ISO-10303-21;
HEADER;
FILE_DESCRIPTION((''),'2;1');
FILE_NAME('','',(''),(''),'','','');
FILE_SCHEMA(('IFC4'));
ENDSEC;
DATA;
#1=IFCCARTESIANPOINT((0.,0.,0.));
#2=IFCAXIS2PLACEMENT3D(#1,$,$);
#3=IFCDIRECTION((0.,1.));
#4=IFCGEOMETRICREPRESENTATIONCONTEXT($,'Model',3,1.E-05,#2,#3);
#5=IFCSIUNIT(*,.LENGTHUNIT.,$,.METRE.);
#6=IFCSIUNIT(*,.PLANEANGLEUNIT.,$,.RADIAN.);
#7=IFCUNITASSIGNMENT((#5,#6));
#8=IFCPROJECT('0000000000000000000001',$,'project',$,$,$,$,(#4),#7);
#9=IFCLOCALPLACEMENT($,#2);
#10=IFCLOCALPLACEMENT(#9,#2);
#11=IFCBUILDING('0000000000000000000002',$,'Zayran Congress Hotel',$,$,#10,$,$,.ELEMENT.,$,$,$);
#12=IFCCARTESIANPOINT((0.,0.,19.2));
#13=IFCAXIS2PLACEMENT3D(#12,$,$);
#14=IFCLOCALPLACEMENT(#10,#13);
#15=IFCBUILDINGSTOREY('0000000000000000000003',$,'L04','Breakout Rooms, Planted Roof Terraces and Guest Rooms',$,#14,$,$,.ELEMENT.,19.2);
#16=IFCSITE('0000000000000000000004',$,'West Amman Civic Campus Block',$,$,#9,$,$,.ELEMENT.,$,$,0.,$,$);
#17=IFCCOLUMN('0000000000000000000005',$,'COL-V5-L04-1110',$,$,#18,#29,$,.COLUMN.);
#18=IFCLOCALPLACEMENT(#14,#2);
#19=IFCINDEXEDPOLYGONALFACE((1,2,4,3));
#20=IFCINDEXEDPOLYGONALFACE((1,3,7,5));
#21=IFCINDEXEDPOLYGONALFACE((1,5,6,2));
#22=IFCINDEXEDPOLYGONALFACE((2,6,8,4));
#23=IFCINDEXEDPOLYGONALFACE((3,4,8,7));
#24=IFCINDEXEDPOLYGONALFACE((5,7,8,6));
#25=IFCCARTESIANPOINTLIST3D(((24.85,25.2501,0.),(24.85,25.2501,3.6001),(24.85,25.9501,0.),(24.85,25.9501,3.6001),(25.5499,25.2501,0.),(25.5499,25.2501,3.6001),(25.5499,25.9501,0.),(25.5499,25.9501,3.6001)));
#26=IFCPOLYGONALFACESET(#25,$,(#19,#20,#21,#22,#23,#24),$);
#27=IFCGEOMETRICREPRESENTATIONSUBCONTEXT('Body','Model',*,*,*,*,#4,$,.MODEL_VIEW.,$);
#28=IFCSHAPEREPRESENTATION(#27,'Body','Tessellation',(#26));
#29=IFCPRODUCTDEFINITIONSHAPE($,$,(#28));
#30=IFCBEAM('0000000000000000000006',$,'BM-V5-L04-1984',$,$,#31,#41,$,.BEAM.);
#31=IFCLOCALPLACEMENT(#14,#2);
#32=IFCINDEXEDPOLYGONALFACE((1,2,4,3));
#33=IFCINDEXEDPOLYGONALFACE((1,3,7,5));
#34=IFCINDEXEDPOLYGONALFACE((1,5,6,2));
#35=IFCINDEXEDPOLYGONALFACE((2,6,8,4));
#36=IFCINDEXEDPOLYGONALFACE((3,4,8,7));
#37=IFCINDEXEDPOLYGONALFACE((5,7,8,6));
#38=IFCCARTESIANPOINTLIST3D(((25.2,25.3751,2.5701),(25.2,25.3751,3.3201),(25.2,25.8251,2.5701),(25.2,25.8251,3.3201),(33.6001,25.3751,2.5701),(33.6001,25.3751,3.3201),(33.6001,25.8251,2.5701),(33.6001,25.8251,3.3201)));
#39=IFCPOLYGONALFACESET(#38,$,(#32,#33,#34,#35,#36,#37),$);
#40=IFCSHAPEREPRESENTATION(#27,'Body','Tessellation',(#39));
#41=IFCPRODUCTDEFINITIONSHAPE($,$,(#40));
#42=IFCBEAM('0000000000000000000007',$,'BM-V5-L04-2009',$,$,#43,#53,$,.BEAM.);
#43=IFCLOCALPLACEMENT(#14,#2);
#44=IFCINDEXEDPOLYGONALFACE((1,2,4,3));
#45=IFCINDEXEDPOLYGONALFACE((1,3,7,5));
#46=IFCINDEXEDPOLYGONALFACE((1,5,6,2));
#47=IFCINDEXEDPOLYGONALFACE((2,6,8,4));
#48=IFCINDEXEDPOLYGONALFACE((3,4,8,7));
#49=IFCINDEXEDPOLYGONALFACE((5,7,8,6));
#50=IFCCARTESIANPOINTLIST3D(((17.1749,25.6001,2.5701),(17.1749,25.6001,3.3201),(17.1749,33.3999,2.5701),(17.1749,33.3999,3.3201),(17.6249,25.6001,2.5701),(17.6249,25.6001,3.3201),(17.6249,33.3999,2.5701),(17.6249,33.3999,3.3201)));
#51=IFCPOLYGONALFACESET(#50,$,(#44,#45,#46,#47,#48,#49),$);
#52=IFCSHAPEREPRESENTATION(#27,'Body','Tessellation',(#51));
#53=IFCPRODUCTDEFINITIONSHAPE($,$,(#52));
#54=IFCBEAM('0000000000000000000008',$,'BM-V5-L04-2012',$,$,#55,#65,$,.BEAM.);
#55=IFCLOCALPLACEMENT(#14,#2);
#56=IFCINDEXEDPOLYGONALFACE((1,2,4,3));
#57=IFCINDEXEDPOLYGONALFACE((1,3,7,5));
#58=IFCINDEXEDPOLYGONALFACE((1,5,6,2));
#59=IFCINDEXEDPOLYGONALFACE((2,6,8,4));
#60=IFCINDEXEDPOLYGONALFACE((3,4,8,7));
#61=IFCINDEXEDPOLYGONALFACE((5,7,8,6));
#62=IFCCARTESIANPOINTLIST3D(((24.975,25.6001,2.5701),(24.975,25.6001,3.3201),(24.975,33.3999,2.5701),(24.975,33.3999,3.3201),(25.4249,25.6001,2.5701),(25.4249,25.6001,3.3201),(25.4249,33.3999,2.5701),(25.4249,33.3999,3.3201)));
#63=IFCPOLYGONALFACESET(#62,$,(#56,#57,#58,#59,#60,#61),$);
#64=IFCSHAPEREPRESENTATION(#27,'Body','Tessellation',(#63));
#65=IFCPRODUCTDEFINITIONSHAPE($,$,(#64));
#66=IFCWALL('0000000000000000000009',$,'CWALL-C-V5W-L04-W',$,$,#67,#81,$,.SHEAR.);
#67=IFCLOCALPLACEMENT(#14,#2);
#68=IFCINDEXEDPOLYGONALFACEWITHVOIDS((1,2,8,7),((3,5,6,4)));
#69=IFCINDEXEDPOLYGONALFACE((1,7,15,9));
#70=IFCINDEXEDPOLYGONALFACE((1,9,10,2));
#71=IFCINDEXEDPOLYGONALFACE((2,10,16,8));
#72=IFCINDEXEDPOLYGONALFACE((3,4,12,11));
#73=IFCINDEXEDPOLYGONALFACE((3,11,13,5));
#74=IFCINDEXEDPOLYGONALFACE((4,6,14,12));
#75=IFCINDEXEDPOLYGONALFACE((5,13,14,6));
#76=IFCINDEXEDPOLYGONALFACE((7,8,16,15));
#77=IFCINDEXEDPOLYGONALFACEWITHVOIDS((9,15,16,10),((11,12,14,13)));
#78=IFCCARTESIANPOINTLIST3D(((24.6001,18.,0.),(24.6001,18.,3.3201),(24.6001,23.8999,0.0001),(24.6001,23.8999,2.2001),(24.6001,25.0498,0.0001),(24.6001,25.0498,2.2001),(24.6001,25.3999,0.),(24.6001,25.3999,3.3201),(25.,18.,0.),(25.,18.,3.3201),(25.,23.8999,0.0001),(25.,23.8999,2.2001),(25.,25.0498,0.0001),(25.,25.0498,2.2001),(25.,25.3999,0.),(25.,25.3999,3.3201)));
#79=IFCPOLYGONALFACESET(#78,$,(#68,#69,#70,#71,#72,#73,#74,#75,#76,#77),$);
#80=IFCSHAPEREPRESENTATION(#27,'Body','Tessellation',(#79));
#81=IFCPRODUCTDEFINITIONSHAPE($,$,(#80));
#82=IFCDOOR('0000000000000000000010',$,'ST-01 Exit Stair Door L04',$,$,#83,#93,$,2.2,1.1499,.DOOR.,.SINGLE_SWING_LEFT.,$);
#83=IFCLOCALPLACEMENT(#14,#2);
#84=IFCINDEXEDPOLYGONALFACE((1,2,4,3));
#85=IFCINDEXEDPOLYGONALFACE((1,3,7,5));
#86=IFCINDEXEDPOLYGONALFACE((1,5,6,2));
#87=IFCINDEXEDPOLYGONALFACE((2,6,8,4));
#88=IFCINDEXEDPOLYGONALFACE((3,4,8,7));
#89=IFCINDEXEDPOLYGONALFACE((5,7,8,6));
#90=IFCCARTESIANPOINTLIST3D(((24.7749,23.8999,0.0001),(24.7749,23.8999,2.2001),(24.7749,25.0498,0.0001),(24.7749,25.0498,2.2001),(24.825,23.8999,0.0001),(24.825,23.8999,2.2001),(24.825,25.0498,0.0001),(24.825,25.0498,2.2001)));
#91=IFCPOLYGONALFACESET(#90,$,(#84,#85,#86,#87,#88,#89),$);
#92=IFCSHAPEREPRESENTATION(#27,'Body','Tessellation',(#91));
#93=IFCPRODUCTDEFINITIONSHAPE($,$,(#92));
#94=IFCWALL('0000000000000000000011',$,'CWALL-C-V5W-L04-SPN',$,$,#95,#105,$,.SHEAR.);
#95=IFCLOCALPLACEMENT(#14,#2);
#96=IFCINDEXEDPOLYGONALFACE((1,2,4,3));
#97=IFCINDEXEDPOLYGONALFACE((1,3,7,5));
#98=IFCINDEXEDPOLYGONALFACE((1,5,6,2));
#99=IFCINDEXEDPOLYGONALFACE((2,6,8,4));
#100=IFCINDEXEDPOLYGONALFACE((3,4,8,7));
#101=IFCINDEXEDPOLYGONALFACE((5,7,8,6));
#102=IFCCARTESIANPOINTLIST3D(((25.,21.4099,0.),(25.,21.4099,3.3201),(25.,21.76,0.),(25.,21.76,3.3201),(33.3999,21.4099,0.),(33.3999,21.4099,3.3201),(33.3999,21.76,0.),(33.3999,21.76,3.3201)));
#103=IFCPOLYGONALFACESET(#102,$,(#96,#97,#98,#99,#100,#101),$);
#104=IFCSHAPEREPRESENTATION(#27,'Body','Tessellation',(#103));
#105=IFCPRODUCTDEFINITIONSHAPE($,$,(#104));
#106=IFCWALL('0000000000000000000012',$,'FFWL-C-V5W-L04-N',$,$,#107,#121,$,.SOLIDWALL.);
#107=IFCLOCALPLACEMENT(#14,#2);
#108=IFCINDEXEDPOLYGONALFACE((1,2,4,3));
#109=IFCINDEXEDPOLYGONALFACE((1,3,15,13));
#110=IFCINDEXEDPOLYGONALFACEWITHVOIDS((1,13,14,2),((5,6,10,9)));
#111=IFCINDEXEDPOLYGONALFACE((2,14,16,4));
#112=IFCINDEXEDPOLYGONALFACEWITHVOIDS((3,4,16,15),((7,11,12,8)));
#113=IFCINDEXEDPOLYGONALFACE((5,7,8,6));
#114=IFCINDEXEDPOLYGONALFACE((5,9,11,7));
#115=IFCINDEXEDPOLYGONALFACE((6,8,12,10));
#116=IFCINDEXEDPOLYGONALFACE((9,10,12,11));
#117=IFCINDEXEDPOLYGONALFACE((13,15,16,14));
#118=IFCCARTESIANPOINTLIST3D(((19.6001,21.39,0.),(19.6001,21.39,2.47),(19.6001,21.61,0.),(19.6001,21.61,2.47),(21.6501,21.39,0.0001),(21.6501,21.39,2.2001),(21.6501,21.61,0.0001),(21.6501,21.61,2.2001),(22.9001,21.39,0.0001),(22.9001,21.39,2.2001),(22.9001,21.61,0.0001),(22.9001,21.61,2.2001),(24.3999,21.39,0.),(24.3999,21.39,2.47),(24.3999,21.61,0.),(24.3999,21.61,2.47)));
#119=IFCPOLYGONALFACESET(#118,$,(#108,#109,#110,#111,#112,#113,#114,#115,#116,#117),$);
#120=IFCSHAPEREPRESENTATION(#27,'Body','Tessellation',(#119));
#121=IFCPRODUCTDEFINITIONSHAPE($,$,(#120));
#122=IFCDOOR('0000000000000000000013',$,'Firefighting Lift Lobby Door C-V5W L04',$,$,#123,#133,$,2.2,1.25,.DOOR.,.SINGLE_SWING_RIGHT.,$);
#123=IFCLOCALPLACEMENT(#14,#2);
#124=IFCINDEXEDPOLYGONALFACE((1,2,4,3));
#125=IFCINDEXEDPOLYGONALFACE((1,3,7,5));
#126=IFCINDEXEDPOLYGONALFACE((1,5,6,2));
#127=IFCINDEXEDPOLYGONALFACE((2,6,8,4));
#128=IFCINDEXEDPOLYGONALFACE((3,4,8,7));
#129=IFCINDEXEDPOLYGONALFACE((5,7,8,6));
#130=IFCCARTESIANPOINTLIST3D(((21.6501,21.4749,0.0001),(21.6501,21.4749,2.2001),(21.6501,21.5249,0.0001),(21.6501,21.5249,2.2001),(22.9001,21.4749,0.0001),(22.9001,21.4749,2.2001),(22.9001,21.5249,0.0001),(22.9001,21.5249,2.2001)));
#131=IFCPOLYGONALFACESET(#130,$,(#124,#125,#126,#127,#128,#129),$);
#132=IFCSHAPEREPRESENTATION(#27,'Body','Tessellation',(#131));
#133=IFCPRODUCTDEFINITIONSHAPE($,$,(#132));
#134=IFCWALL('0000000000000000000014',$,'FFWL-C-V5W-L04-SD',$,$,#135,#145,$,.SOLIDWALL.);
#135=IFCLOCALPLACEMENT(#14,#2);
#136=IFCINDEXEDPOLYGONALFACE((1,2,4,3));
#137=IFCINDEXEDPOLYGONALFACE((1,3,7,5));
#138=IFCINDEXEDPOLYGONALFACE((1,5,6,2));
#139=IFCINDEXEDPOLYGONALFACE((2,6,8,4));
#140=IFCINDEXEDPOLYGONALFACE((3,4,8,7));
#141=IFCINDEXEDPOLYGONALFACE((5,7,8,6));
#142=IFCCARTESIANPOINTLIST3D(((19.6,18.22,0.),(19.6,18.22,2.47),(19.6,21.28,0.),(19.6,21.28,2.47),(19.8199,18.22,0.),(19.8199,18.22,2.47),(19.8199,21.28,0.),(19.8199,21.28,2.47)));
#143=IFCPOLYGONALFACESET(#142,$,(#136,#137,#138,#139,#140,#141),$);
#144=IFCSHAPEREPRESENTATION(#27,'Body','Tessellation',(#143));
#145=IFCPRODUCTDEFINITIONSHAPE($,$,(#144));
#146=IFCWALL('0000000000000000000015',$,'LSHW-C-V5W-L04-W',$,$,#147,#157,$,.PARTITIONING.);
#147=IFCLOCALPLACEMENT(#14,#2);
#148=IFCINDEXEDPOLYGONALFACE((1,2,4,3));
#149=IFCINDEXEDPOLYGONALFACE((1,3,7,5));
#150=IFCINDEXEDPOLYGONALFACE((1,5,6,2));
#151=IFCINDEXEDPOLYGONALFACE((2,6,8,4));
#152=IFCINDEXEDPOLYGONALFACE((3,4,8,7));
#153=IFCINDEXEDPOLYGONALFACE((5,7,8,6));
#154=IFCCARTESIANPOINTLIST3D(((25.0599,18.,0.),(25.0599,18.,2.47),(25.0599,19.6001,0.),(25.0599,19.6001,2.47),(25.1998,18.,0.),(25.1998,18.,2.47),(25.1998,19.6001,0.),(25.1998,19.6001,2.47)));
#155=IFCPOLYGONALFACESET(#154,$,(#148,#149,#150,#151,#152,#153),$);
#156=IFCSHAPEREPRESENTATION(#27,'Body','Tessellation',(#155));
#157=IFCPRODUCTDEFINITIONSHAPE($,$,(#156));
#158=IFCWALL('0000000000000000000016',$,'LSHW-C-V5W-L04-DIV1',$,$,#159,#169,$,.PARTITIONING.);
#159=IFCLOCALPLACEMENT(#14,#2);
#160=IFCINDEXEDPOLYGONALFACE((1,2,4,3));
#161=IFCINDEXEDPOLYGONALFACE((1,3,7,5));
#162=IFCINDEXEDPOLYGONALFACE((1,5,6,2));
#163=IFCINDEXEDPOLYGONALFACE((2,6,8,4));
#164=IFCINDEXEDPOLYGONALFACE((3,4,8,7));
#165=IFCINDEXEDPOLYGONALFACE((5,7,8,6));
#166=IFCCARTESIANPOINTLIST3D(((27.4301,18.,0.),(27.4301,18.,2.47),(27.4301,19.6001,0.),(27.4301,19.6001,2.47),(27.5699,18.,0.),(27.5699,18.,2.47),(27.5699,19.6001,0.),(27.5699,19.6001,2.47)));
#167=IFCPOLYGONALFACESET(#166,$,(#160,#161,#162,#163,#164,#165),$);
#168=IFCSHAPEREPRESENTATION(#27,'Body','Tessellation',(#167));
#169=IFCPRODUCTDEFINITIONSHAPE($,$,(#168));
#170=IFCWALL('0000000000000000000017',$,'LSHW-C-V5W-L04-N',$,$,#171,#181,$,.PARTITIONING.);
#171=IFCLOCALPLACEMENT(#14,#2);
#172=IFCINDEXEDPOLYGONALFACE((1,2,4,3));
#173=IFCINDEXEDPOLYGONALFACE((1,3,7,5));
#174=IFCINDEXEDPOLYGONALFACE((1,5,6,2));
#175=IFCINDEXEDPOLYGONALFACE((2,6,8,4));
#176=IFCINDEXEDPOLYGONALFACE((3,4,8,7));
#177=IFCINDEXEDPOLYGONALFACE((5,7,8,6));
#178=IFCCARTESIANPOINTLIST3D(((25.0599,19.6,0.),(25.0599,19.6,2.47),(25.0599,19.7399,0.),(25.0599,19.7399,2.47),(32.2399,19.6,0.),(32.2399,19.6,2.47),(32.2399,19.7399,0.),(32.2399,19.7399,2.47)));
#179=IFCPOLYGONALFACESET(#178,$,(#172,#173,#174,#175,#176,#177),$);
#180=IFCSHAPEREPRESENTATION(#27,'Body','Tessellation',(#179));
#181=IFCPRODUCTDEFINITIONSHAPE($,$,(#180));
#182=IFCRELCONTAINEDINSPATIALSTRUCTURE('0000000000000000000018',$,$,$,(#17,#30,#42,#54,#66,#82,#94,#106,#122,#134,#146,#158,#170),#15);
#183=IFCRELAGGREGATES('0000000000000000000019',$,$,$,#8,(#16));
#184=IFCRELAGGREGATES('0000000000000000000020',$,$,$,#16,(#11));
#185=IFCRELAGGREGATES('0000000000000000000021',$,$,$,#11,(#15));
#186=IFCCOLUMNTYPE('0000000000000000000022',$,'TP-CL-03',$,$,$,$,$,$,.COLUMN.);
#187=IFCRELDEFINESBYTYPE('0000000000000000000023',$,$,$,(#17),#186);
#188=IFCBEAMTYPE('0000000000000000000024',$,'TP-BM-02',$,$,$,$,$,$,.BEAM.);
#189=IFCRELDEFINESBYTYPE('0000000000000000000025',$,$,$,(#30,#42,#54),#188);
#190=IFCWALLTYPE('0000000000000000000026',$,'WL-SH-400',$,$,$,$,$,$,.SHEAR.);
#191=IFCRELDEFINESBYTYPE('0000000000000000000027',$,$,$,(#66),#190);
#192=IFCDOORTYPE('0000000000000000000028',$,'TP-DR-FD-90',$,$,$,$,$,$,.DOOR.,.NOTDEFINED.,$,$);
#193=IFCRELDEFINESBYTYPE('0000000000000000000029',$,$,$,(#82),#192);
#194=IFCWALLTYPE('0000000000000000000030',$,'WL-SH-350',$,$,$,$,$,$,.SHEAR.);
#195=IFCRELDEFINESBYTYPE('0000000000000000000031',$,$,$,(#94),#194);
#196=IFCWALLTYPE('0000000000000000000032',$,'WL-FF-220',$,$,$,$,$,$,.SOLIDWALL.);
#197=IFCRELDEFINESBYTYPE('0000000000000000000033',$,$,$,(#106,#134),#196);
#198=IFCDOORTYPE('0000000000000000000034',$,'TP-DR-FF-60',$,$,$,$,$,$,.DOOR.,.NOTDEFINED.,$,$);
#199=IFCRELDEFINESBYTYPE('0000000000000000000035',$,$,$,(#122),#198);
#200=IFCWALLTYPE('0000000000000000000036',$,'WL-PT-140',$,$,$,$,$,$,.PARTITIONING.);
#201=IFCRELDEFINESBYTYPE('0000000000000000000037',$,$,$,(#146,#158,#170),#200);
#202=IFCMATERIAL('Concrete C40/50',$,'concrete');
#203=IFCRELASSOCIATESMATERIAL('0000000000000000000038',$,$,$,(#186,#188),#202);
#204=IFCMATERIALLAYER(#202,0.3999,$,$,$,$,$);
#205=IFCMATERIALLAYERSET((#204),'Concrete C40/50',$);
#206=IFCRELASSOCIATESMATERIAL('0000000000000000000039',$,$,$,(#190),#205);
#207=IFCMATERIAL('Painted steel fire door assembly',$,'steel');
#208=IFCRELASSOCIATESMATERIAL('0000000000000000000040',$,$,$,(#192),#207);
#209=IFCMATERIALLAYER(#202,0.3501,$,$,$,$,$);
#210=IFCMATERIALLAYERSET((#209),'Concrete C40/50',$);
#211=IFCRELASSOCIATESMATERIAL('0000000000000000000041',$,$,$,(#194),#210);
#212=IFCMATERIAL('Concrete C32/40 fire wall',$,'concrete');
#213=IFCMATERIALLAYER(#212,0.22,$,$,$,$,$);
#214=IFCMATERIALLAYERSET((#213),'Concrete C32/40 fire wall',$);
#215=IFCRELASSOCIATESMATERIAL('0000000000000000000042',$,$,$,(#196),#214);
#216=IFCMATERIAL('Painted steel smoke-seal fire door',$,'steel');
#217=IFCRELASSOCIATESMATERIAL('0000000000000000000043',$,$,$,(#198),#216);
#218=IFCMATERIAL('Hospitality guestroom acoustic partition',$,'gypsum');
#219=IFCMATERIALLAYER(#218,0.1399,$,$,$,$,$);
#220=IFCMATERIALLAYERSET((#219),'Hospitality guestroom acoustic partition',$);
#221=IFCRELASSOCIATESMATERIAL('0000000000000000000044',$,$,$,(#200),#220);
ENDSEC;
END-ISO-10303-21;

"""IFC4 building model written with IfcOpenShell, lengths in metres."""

from ifc_helpers import new_model, si_unit, direction, frame, frame_2d, origin, origin_2d, place, context, subcontext, project, spatial, rectangle, extrude, material, layer, layer_set, material_profile, profile_set, type_object, element, fill, save


model = new_model("IFC4")

# Units and contexts
model_context = context("Model", 3, precision=1e-05, world=origin(), true_north=direction((0.0, 1.0)))
body_context = subcontext(model_context, "Body", "Model", "MODEL_VIEW")
ifc_project = project(units=[si_unit("LENGTHUNIT", "METRE"), si_unit("PLANEANGLEUNIT", "RADIAN")], contexts=[model_context])

# Site, building, storey
site_placement = place(None, origin())
site = spatial("IfcSite", under=ifc_project, at=site_placement, Name="West Amman Civic Campus Block", CompositionType="ELEMENT", RefElevation=0.0)
building_placement = place(site_placement, origin())
building = spatial("IfcBuilding", under=site, at=building_placement, Name="Zayran Congress Hotel", CompositionType="ELEMENT")
storey_placement = place(building_placement, frame((0.0, 0.0, 19.2)))
storey = spatial("IfcBuildingStorey", under=building, at=storey_placement, Name="L04", Description="Breakout Rooms, Planted Roof Terraces and Guest Rooms", CompositionType="ELEMENT", Elevation=19.2)

# Column
ifc_material_1 = material(Name="Concrete C40/50", Category="concrete")
ifc_material_profile_1 = material_profile(ifc_material_1, rectangle(XDim=0.7, YDim=0.7, at=origin_2d()), Name="RC 700x700")
ifc_profile_set_1 = profile_set([ifc_material_profile_1], Name="Concrete C40/50")
column_type = type_object("IfcColumnType", Name="TP-CL-03", PredefinedType="COLUMN", material=ifc_profile_set_1)
column_placement = place(storey_placement, frame((25.2, 25.6001, 0.0), z_axis=(0.0, 0.0, 1.0), x_axis=(1.0, 0.0, 0.0)))
element("IfcColumn", 1, at=column_placement, inside=storey, type_object=column_type, Name="COL-V5-L04-1110", PredefinedType="COLUMN", context=body_context, shape_type="SweptSolid", body=[
    extrude(rectangle(XDim=0.7, YDim=0.7, at=origin_2d()), origin(), (0.0, 0.0, 1.0), 3.6001),
])

# Beams
ifc_material_profile_2 = material_profile(ifc_material_1, rectangle(XDim=0.45, YDim=0.75, at=origin_2d()), Name="RC 450x750")
ifc_profile_set_2 = profile_set([ifc_material_profile_2], Name="Concrete C40/50")
beam_type = type_object("IfcBeamType", Name="TP-BM-02", PredefinedType="BEAM", material=ifc_profile_set_2)
beam_placement = place(storey_placement, frame((25.2, 25.6001, 2.9451), z_axis=(1.0, 0.0, 0.0), x_axis=(0.0, 1.0, 0.0)))
element("IfcBeam", 2, at=beam_placement, inside=storey, type_object=beam_type, Name="BM-V5-L04-1984", PredefinedType="BEAM", context=body_context, shape_type="SweptSolid", body=[
    extrude(rectangle(XDim=0.45, YDim=0.75, at=origin_2d()), origin(), (0.0, 0.0, 1.0), 8.4001),
])
for number, where, z_axis, x_axis, name in (
    (3, (17.3999, 25.6001, 2.9451), (0.0, 1.0, 0.0), (-1.0, 0.0, 0.0), "BM-V5-L04-2009"),
    (4, (25.2, 25.6001, 2.9451), (0.0, 1.0, 0.0), (-1.0, 0.0, 0.0), "BM-V5-L04-2012"),
):
    element("IfcBeam", number, at=place(storey_placement, frame(where, z_axis=z_axis, x_axis=x_axis)), inside=storey, type_object=beam_type, Name=name, PredefinedType="BEAM", context=body_context, shape_type="SweptSolid", body=[
        extrude(rectangle(XDim=0.45, YDim=0.75, at=origin_2d()), origin(), (0.0, 0.0, 1.0), 7.7998),
    ])

# Wall, opening, door
ifc_layer_1 = layer(ifc_material_1, 0.3999)
ifc_layer_set_1 = layer_set([ifc_layer_1], Name="Concrete C40/50")
wall_type_1 = type_object("IfcWallType", Name="WL-SH-400", PredefinedType="SHEAR", material=ifc_layer_set_1)
wall_1_placement = place(storey_placement, frame((24.8, 25.3999, 0.0), z_axis=(0.0, 0.0, 1.0), x_axis=(0.0, -1.0, 0.0)))
wall_1 = element("IfcWall", 5, at=wall_1_placement, inside=storey, type_object=wall_type_1, Name="CWALL-C-V5W-L04-W", PredefinedType="SHEAR", context=body_context, shape_type="SweptSolid", body=[
    extrude(rectangle(XDim=7.3999, YDim=0.3999, at=frame_2d((3.7, 0.0))), origin(), (0.0, 0.0, 1.0), 3.3201),
])
opening_1_placement = place(wall_1_placement, frame((0.3501, 0.0, 0.0)))
opening_1 = element("IfcOpeningElement", 6, at=opening_1_placement, cuts=wall_1, PredefinedType="OPENING", context=body_context, shape_type="SweptSolid", body=[
    extrude(rectangle(XDim=1.1499, YDim=2.2, at=frame_2d((0.575, 1.1001))), frame((0.0, 0.21, 0.0), z_axis=(0.0, -1.0, 0.0), x_axis=(1.0, 0.0, 0.0)), (0.0, 0.0, 1.0), 0.4199),
])
ifc_material_2 = material(Name="Painted steel fire door assembly", Category="steel")
door_type_1 = type_object("IfcDoorType", Name="TP-DR-FD-90", OperationType="NOTDEFINED", PredefinedType="DOOR", material=ifc_material_2)
door_1_placement = place(opening_1_placement, origin())
door_1 = element("IfcDoor", 7, at=door_1_placement, inside=storey, type_object=door_type_1, Name="ST-01 Exit Stair Door L04", OperationType="SINGLE_SWING_LEFT", OverallHeight=2.2, OverallWidth=1.1499, PredefinedType="DOOR", context=body_context, shape_type="SweptSolid", body=[
    extrude(rectangle(XDim=1.1499, YDim=2.2, at=frame_2d((0.575, 1.1001))), frame((0.0, 0.0249, 0.0), z_axis=(0.0, -1.0, 0.0), x_axis=(1.0, 0.0, 0.0)), (0.0, 0.0, 1.0), 0.05),
])
fill(opening_1, door_1)

# Wall
ifc_layer_2 = layer(ifc_material_1, 0.3501)
ifc_layer_set_2 = layer_set([ifc_layer_2], Name="Concrete C40/50")
wall_type_2 = type_object("IfcWallType", Name="WL-SH-350", PredefinedType="SHEAR", material=ifc_layer_set_2)
wall_2_placement = place(storey_placement, frame((25.0, 21.585, 0.0), z_axis=(0.0, 0.0, 1.0), x_axis=(1.0, 0.0, 0.0)))
element("IfcWall", 8, at=wall_2_placement, inside=storey, type_object=wall_type_2, Name="CWALL-C-V5W-L04-SPN", PredefinedType="SHEAR", context=body_context, shape_type="SweptSolid", body=[
    extrude(rectangle(XDim=8.3999, YDim=0.3501, at=frame_2d((4.2, 0.0))), origin(), (0.0, 0.0, 1.0), 3.3201),
])

# Wall, opening, door
ifc_material_3 = material(Name="Concrete C32/40 fire wall", Category="concrete")
ifc_layer_3 = layer(ifc_material_3, 0.22)
ifc_layer_set_3 = layer_set([ifc_layer_3], Name="Concrete C32/40 fire wall")
wall_type_3 = type_object("IfcWallType", Name="WL-FF-220", PredefinedType="SOLIDWALL", material=ifc_layer_set_3)
wall_3_placement = place(storey_placement, frame((19.6001, 21.5, 0.0), z_axis=(0.0, 0.0, 1.0), x_axis=(1.0, 0.0, 0.0)))
wall_3 = element("IfcWall", 9, at=wall_3_placement, inside=storey, type_object=wall_type_3, Name="FFWL-C-V5W-L04-N", PredefinedType="SOLIDWALL", context=body_context, shape_type="SweptSolid", body=[
    extrude(rectangle(XDim=4.7998, YDim=0.22, at=frame_2d((2.3999, 0.0))), origin(), (0.0, 0.0, 1.0), 2.47),
])
opening_2_placement = place(wall_3_placement, frame((2.05, 0.0, 0.0)))
opening_2 = element("IfcOpeningElement", 10, at=opening_2_placement, cuts=wall_3, PredefinedType="OPENING", context=body_context, shape_type="SweptSolid", body=[
    extrude(rectangle(XDim=1.25, YDim=2.2, at=frame_2d((0.625, 1.1001))), frame((0.0, 0.1199, 0.0), z_axis=(0.0, -1.0, 0.0), x_axis=(1.0, 0.0, 0.0)), (0.0, 0.0, 1.0), 0.24),
])
ifc_material_4 = material(Name="Painted steel smoke-seal fire door", Category="steel")
door_type_2 = type_object("IfcDoorType", Name="TP-DR-FF-60", OperationType="NOTDEFINED", PredefinedType="DOOR", material=ifc_material_4)
door_2_placement = place(opening_2_placement, origin())
door_2 = element("IfcDoor", 11, at=door_2_placement, inside=storey, type_object=door_type_2, Name="Firefighting Lift Lobby Door C-V5W L04", OperationType="SINGLE_SWING_RIGHT", OverallHeight=2.2, OverallWidth=1.25, PredefinedType="DOOR", context=body_context, shape_type="SweptSolid", body=[
    extrude(rectangle(XDim=1.25, YDim=2.2, at=frame_2d((0.625, 1.1001))), frame((0.0, 0.0249, 0.0), z_axis=(0.0, -1.0, 0.0), x_axis=(1.0, 0.0, 0.0)), (0.0, 0.0, 1.0), 0.05),
])
fill(opening_2, door_2)

# Walls
wall_4_placement = place(storey_placement, frame((19.71, 18.22, 0.0), z_axis=(0.0, 0.0, 1.0), x_axis=(0.0, 1.0, 0.0)))
element("IfcWall", 12, at=wall_4_placement, inside=storey, type_object=wall_type_3, Name="FFWL-C-V5W-L04-SD", PredefinedType="SOLIDWALL", context=body_context, shape_type="SweptSolid", body=[
    extrude(rectangle(XDim=3.0601, YDim=0.22, at=frame_2d((1.53, 0.0))), origin(), (0.0, 0.0, 1.0), 2.47),
])
ifc_material_5 = material(Name="Hospitality guestroom acoustic partition", Category="gypsum")
ifc_layer_4 = layer(ifc_material_5, 0.1399)
ifc_layer_set_4 = layer_set([ifc_layer_4], Name="Hospitality guestroom acoustic partition")
wall_type_4 = type_object("IfcWallType", Name="WL-PT-140", PredefinedType="PARTITIONING", material=ifc_layer_set_4)
for number, where, z_axis, x_axis, name in (
    (13, (25.1299, 18.0, 0.0), (0.0, 0.0, 1.0), (0.0, 1.0, 0.0), "LSHW-C-V5W-L04-W"),
    (14, (27.5, 18.0, 0.0), (0.0, 0.0, 1.0), (0.0, 1.0, 0.0), "LSHW-C-V5W-L04-DIV1"),
):
    element("IfcWall", number, at=place(storey_placement, frame(where, z_axis=z_axis, x_axis=x_axis)), inside=storey, type_object=wall_type_4, Name=name, PredefinedType="PARTITIONING", context=body_context, shape_type="SweptSolid", body=[
        extrude(rectangle(XDim=1.6001, YDim=0.1399, at=frame_2d((0.8, 0.0))), origin(), (0.0, 0.0, 1.0), 2.47),
    ])
wall_5_placement = place(storey_placement, frame((25.0601, 19.6699, 0.0), z_axis=(0.0, 0.0, 1.0), x_axis=(1.0, 0.0, 0.0)))
element("IfcWall", 15, at=wall_5_placement, inside=storey, type_object=wall_type_4, Name="LSHW-C-V5W-L04-N", PredefinedType="PARTITIONING", context=body_context, shape_type="SweptSolid", body=[
    extrude(rectangle(XDim=7.1799, YDim=0.1399, at=frame_2d((3.5898, 0.0))), origin(), (0.0, 0.0, 1.0), 2.47),
])

save(model, "model.ifc")
